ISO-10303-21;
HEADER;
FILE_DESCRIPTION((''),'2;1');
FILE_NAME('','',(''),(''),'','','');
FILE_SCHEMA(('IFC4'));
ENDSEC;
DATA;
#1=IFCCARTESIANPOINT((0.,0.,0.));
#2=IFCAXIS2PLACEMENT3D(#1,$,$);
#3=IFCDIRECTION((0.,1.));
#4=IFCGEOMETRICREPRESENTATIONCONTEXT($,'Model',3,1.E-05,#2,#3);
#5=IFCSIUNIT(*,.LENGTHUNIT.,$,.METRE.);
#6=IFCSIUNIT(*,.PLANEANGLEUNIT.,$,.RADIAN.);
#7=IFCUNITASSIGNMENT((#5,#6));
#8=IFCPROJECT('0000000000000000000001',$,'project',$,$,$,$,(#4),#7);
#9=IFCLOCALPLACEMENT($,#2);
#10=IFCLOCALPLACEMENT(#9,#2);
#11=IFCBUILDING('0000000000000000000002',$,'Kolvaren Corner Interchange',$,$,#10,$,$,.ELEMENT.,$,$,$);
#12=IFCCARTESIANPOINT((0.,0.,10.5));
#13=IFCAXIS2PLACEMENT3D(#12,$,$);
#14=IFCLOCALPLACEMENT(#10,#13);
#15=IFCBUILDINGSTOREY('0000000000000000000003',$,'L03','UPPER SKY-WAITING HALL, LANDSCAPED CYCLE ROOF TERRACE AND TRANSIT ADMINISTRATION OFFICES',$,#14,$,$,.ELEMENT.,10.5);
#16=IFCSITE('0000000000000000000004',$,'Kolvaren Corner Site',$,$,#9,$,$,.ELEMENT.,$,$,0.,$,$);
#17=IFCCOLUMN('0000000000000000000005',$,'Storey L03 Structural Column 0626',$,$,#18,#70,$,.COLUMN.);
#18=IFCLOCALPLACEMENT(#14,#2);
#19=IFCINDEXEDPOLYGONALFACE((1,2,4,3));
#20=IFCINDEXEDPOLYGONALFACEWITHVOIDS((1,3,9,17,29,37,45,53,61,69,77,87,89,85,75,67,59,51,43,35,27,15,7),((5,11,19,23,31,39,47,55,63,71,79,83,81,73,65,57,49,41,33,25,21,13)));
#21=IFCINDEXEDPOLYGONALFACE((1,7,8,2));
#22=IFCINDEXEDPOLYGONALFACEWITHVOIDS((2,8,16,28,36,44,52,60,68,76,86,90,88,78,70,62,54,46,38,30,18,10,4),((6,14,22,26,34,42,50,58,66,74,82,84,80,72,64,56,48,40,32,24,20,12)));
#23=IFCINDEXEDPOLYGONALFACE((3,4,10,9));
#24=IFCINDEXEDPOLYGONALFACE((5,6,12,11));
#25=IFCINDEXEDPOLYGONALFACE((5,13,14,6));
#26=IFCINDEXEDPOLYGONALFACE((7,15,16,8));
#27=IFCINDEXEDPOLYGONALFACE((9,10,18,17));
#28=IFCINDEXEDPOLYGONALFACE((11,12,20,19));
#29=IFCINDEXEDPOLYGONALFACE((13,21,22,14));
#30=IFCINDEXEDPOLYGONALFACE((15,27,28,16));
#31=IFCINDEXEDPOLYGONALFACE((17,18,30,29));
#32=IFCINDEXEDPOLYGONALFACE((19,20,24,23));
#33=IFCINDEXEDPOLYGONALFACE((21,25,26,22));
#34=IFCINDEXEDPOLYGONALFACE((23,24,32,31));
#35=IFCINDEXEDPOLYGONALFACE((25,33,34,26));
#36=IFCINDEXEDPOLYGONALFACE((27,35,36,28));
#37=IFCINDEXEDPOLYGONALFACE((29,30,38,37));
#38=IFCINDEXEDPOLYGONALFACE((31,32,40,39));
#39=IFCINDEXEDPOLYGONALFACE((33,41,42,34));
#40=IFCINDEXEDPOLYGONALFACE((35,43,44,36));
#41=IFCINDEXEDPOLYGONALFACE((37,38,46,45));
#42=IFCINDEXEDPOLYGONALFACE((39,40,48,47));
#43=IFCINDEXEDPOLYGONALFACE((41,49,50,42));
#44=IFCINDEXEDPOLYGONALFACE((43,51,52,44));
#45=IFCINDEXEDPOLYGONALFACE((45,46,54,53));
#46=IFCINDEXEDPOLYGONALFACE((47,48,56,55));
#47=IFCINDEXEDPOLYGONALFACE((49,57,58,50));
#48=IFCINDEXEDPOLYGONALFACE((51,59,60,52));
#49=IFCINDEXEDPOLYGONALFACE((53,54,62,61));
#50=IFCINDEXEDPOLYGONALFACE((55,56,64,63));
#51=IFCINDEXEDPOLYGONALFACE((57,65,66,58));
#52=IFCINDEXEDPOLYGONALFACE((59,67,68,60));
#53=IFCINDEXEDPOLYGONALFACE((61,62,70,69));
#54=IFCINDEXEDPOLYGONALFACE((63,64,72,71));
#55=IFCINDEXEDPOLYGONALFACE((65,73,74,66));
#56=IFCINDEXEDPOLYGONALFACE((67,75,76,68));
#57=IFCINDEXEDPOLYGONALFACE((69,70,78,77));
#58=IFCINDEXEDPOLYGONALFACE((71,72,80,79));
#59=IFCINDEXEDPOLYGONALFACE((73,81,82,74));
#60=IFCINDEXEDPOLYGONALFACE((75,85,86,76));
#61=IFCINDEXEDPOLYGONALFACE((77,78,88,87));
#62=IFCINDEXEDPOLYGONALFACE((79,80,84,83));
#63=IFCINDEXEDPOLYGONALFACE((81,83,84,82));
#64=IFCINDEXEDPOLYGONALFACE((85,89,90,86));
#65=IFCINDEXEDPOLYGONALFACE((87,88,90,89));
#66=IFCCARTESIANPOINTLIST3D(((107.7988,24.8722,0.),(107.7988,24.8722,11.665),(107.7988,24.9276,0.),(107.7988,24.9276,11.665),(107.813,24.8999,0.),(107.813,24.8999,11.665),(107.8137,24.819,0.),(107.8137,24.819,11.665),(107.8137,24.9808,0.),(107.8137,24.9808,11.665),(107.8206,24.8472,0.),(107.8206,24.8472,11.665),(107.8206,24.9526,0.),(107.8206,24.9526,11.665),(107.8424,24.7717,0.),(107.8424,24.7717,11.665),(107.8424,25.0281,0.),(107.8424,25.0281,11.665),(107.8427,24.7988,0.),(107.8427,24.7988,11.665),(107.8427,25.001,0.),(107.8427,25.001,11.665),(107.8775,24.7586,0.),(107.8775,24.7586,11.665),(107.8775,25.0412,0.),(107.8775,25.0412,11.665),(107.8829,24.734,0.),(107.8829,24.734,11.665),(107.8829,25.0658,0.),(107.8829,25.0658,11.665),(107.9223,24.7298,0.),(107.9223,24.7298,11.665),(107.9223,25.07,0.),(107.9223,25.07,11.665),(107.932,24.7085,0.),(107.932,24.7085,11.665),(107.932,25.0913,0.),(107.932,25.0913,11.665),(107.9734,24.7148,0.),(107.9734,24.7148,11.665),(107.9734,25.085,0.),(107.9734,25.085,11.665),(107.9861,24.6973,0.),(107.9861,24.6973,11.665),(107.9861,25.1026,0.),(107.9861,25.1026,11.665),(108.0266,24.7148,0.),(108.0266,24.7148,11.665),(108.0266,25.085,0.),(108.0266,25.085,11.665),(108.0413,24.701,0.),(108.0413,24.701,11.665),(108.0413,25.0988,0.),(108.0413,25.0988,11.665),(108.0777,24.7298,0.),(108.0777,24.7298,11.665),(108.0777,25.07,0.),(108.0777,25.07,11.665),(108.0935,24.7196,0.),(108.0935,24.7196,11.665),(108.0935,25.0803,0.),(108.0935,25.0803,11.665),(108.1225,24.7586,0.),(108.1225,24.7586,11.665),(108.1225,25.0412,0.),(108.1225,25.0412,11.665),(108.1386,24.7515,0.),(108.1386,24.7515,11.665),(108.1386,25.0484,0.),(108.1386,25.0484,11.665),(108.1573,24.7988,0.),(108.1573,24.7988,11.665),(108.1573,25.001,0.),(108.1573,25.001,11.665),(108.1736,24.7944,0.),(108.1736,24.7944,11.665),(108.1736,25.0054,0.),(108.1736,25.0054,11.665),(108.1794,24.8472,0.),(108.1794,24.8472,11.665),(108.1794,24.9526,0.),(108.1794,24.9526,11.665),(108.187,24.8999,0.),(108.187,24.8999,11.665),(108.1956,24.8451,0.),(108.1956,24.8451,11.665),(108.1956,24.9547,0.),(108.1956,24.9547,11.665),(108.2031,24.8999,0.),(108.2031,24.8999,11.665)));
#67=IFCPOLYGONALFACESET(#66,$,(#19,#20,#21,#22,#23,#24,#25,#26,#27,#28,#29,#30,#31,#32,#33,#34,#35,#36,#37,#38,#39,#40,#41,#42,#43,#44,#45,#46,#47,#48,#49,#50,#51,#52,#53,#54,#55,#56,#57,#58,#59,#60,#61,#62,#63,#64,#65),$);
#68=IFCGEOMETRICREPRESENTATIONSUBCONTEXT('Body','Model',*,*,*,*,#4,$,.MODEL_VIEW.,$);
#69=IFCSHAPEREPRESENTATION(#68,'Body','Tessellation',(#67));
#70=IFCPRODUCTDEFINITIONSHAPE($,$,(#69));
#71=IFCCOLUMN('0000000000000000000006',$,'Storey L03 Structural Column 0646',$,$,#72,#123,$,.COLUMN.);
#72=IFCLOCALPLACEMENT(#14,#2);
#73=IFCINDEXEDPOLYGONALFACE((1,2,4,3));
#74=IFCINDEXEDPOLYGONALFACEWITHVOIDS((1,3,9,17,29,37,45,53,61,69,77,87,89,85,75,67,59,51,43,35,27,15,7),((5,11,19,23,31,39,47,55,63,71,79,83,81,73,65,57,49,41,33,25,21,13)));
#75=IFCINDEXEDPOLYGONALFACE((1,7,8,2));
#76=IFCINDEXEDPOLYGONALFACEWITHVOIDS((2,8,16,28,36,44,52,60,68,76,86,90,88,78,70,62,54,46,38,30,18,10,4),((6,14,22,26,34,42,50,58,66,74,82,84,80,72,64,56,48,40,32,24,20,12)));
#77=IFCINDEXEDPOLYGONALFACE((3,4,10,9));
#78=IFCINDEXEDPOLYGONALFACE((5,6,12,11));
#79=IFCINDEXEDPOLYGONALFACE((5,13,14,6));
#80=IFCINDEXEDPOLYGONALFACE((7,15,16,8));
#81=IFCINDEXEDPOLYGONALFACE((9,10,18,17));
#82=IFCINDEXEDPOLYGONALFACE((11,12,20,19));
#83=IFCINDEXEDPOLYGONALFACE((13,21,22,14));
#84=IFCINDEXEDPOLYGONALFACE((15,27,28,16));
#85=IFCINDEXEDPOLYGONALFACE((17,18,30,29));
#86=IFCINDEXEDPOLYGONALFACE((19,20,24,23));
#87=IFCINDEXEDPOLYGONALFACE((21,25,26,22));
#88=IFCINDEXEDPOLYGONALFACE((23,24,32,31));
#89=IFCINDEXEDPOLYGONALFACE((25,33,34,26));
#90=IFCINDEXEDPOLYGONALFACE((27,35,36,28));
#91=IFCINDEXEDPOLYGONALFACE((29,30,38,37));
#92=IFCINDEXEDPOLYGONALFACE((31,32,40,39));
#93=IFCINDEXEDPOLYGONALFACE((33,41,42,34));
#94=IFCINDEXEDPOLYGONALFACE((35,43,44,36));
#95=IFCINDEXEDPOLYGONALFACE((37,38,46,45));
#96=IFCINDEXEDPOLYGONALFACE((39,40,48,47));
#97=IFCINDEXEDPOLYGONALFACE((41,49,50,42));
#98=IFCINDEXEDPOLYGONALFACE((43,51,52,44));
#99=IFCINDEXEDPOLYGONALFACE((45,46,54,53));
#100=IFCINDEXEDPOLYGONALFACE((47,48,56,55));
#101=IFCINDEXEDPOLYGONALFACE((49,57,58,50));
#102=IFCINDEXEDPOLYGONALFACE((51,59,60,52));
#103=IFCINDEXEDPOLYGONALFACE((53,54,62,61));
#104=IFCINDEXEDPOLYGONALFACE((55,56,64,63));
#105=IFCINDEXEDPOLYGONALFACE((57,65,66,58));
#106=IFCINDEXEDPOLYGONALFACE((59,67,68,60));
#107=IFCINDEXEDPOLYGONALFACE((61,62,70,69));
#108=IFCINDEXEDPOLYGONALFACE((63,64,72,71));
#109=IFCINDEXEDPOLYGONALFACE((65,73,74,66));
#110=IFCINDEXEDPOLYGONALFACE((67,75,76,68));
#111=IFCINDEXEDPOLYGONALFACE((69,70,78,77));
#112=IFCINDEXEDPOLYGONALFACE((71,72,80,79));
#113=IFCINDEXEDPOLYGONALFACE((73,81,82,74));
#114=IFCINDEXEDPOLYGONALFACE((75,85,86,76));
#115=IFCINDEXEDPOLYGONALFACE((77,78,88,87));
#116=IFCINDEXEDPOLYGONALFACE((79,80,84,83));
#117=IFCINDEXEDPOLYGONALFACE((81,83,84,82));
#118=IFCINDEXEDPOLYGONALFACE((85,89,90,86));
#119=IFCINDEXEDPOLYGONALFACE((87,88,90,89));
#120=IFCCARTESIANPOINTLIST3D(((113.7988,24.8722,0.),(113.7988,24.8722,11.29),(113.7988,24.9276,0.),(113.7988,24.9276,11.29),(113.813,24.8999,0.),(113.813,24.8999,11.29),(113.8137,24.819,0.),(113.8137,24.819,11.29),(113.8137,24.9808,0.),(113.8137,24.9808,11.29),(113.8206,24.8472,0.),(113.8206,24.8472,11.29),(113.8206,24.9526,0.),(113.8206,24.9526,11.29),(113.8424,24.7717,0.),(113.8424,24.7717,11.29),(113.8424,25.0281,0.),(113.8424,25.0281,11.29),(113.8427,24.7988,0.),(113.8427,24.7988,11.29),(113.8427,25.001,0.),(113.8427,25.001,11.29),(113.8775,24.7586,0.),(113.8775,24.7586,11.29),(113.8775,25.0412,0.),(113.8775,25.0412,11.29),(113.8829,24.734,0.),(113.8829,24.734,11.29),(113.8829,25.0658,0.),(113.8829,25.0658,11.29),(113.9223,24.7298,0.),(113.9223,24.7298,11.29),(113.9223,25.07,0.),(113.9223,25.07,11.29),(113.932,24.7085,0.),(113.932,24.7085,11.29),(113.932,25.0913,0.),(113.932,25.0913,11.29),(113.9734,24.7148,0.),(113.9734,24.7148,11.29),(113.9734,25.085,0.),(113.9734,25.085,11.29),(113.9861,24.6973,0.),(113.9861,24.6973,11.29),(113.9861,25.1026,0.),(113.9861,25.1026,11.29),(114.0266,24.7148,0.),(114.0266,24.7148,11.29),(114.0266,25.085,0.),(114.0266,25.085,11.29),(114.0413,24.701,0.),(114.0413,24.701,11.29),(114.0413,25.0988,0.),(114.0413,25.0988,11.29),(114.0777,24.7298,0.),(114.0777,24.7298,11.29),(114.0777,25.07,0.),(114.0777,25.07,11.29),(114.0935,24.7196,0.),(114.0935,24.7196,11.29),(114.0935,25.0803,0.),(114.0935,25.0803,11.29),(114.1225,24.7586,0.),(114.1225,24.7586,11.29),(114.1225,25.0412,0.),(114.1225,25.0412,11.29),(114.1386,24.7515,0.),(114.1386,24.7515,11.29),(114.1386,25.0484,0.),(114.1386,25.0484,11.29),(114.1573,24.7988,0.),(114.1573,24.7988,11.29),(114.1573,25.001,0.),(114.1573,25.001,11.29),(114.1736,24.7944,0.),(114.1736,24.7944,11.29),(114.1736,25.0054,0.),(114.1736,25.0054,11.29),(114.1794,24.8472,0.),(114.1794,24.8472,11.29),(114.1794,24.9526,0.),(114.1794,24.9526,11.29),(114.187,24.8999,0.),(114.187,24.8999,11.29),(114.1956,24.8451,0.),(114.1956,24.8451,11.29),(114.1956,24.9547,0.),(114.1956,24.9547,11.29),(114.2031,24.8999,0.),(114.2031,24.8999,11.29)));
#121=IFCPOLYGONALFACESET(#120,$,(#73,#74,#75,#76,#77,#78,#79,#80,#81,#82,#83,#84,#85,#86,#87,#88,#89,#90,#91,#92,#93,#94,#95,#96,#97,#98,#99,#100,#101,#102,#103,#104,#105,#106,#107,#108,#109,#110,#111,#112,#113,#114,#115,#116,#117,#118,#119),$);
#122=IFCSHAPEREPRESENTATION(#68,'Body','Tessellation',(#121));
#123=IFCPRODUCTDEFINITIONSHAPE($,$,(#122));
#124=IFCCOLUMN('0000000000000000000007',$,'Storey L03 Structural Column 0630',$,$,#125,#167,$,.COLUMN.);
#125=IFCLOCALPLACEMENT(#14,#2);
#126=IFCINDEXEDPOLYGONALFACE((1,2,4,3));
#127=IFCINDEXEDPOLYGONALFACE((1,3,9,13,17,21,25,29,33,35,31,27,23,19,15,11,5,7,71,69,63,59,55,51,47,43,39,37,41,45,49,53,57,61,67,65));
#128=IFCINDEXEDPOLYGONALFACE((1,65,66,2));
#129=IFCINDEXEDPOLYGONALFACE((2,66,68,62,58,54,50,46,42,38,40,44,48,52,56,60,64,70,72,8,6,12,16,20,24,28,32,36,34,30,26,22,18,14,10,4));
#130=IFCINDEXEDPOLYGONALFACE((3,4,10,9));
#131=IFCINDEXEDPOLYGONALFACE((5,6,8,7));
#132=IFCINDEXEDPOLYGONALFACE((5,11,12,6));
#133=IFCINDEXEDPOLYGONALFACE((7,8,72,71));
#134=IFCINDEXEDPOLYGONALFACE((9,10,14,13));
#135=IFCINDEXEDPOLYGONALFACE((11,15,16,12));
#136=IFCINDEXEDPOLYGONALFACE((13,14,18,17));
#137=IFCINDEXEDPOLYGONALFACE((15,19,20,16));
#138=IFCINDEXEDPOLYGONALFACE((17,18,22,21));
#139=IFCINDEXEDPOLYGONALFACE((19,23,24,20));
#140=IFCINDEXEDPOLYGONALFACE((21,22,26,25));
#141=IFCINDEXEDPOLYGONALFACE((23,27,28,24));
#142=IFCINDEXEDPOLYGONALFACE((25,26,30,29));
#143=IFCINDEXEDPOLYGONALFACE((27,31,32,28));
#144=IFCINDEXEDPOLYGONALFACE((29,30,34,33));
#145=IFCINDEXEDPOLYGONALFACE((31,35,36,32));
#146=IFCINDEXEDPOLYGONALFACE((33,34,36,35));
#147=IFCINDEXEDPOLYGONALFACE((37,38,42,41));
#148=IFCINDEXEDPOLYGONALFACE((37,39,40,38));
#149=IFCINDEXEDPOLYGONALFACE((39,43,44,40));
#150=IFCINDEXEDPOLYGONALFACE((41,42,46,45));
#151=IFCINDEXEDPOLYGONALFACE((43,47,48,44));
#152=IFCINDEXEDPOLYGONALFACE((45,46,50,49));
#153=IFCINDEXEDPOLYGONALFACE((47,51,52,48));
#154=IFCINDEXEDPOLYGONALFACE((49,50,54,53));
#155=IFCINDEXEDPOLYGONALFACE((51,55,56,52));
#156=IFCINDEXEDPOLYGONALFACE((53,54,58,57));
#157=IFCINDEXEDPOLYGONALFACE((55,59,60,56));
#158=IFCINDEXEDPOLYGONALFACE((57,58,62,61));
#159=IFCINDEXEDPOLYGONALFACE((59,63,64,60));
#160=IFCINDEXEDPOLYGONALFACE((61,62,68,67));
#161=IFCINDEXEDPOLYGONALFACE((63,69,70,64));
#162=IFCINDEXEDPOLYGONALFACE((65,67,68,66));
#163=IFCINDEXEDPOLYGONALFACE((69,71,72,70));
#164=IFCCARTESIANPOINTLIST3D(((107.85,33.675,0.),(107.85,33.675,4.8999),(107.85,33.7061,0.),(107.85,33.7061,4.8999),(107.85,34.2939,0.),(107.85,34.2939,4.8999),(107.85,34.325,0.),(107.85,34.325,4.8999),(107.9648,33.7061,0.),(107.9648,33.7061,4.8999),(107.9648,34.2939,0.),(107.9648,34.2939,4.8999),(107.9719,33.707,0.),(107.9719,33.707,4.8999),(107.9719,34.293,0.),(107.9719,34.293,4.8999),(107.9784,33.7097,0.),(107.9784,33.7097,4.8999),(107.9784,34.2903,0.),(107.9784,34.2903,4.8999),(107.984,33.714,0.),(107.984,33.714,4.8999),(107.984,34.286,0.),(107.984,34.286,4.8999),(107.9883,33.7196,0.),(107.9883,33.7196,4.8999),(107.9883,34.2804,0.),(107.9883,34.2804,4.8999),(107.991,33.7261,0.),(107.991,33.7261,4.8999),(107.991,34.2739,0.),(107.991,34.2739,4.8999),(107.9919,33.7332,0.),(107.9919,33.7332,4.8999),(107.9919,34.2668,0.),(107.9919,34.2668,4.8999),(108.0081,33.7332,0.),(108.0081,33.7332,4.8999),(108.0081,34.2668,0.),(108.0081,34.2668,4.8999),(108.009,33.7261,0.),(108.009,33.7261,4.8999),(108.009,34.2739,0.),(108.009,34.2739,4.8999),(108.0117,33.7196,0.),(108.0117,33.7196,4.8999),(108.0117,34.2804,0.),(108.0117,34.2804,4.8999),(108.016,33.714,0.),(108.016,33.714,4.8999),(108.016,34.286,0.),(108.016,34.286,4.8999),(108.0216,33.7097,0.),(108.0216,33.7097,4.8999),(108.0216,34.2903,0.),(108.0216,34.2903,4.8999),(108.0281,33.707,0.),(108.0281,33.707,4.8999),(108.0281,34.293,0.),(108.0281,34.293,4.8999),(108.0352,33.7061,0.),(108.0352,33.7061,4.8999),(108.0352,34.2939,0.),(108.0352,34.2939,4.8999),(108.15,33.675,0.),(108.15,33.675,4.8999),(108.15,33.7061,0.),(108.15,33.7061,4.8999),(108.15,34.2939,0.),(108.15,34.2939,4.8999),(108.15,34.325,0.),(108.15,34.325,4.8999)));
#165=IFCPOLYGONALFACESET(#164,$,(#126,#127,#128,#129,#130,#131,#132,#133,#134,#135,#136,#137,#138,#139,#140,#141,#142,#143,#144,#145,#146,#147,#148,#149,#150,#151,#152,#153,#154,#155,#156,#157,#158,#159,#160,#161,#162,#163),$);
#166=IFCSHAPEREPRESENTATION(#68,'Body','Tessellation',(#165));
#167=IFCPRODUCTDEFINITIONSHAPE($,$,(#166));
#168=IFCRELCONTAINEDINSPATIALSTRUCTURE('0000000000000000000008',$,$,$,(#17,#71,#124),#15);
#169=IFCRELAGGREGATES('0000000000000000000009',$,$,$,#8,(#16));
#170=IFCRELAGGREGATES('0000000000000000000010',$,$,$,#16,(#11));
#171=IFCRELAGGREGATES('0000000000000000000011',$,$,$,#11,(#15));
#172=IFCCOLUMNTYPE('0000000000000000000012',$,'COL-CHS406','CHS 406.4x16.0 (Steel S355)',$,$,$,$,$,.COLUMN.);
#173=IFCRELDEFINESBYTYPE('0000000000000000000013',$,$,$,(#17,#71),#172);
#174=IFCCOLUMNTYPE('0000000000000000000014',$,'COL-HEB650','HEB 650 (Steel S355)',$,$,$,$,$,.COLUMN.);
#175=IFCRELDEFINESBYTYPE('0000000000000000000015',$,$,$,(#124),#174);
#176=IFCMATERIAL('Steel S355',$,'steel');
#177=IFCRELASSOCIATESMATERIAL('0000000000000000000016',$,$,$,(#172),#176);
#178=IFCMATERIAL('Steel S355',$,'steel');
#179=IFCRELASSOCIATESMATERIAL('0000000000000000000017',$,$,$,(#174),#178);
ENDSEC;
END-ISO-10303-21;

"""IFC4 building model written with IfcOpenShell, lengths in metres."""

from ifc_helpers import new_model, si_unit, direction, frame, origin, origin_2d, place, context, subcontext, project, spatial, hollow_circle, i_section, extrude, material, material_profile, profile_set, type_object, element, save


model = new_model("IFC4")

# Units and contexts
model_context = context("Model", 3, precision=1e-05, world=origin(), true_north=direction((0.0, 1.0)))
body_context = subcontext(model_context, "Body", "Model", "MODEL_VIEW")
ifc_project = project(units=[si_unit("LENGTHUNIT", "METRE"), si_unit("PLANEANGLEUNIT", "RADIAN")], contexts=[model_context])

# Site, building, storey
site_placement = place(None, origin())
site = spatial("IfcSite", under=ifc_project, at=site_placement, Name="Kolvaren Corner Site", CompositionType="ELEMENT", RefElevation=0.0)
building_placement = place(site_placement, origin())
building = spatial("IfcBuilding", under=site, at=building_placement, Name="Kolvaren Corner Interchange", CompositionType="ELEMENT")
storey_placement = place(building_placement, frame((0.0, 0.0, 10.5)))
storey = spatial("IfcBuildingStorey", under=building, at=storey_placement, Name="L03", Description="UPPER SKY-WAITING HALL, LANDSCAPED CYCLE ROOF TERRACE AND TRANSIT ADMINISTRATION OFFICES", CompositionType="ELEMENT", Elevation=10.5)

# Columns
ifc_material_1 = material(Name="Steel S355", Category="steel")
ifc_material_profile_1 = material_profile(ifc_material_1, hollow_circle(Radius=0.2031, WallThickness=0.0161, at=origin_2d()), Name="CHS 406.4x16.0")
ifc_profile_set_1 = profile_set([ifc_material_profile_1], Name="Steel S355")
column_type_1 = type_object("IfcColumnType", Name="COL-CHS406", Description="CHS 406.4x16.0 (Steel S355)", PredefinedType="COLUMN", material=ifc_profile_set_1)
column_1_placement = place(storey_placement, frame((108.0, 24.8999, 0.0), z_axis=(0.0, 0.0, 1.0), x_axis=(1.0, 0.0, 0.0)))
element("IfcColumn", 1, at=column_1_placement, inside=storey, type_object=column_type_1, Name="Storey L03 Structural Column 0626", PredefinedType="COLUMN", context=body_context, shape_type="SweptSolid", body=[
    extrude(hollow_circle(Radius=0.2031, WallThickness=0.0161, at=origin_2d()), origin(), (0.0, 0.0, 1.0), 11.665),
])
column_2_placement = place(storey_placement, frame((114.0, 24.8999, 0.0), z_axis=(0.0, 0.0, 1.0), x_axis=(1.0, 0.0, 0.0)))
element("IfcColumn", 2, at=column_2_placement, inside=storey, type_object=column_type_1, Name="Storey L03 Structural Column 0646", PredefinedType="COLUMN", context=body_context, shape_type="SweptSolid", body=[
    extrude(hollow_circle(Radius=0.2031, WallThickness=0.0161, at=origin_2d()), origin(), (0.0, 0.0, 1.0), 11.29),
])
ifc_material_2 = material(Name="Steel S355", Category="steel")
ifc_material_profile_2 = material_profile(ifc_material_2, i_section(OverallWidth=0.3, OverallDepth=0.6499, WebThickness=0.0161, FlangeThickness=0.031, FilletRadius=0.0271, at=origin_2d()), Name="HEB 650")
ifc_profile_set_2 = profile_set([ifc_material_profile_2], Name="Steel S355")
column_type_2 = type_object("IfcColumnType", Name="COL-HEB650", Description="HEB 650 (Steel S355)", PredefinedType="COLUMN", material=ifc_profile_set_2)
column_3_placement = place(storey_placement, frame((108.0, 34.0, 0.0), z_axis=(0.0, 0.0, 1.0), x_axis=(1.0, 0.0, 0.0)))
element("IfcColumn", 3, at=column_3_placement, inside=storey, type_object=column_type_2, Name="Storey L03 Structural Column 0630", PredefinedType="COLUMN", context=body_context, shape_type="SweptSolid", body=[
    extrude(i_section(OverallWidth=0.3, OverallDepth=0.6499, WebThickness=0.0161, FlangeThickness=0.031, FilletRadius=0.0271, at=origin_2d()), origin(), (0.0, 0.0, 1.0), 4.8999),
])

save(model, "model.ifc")
